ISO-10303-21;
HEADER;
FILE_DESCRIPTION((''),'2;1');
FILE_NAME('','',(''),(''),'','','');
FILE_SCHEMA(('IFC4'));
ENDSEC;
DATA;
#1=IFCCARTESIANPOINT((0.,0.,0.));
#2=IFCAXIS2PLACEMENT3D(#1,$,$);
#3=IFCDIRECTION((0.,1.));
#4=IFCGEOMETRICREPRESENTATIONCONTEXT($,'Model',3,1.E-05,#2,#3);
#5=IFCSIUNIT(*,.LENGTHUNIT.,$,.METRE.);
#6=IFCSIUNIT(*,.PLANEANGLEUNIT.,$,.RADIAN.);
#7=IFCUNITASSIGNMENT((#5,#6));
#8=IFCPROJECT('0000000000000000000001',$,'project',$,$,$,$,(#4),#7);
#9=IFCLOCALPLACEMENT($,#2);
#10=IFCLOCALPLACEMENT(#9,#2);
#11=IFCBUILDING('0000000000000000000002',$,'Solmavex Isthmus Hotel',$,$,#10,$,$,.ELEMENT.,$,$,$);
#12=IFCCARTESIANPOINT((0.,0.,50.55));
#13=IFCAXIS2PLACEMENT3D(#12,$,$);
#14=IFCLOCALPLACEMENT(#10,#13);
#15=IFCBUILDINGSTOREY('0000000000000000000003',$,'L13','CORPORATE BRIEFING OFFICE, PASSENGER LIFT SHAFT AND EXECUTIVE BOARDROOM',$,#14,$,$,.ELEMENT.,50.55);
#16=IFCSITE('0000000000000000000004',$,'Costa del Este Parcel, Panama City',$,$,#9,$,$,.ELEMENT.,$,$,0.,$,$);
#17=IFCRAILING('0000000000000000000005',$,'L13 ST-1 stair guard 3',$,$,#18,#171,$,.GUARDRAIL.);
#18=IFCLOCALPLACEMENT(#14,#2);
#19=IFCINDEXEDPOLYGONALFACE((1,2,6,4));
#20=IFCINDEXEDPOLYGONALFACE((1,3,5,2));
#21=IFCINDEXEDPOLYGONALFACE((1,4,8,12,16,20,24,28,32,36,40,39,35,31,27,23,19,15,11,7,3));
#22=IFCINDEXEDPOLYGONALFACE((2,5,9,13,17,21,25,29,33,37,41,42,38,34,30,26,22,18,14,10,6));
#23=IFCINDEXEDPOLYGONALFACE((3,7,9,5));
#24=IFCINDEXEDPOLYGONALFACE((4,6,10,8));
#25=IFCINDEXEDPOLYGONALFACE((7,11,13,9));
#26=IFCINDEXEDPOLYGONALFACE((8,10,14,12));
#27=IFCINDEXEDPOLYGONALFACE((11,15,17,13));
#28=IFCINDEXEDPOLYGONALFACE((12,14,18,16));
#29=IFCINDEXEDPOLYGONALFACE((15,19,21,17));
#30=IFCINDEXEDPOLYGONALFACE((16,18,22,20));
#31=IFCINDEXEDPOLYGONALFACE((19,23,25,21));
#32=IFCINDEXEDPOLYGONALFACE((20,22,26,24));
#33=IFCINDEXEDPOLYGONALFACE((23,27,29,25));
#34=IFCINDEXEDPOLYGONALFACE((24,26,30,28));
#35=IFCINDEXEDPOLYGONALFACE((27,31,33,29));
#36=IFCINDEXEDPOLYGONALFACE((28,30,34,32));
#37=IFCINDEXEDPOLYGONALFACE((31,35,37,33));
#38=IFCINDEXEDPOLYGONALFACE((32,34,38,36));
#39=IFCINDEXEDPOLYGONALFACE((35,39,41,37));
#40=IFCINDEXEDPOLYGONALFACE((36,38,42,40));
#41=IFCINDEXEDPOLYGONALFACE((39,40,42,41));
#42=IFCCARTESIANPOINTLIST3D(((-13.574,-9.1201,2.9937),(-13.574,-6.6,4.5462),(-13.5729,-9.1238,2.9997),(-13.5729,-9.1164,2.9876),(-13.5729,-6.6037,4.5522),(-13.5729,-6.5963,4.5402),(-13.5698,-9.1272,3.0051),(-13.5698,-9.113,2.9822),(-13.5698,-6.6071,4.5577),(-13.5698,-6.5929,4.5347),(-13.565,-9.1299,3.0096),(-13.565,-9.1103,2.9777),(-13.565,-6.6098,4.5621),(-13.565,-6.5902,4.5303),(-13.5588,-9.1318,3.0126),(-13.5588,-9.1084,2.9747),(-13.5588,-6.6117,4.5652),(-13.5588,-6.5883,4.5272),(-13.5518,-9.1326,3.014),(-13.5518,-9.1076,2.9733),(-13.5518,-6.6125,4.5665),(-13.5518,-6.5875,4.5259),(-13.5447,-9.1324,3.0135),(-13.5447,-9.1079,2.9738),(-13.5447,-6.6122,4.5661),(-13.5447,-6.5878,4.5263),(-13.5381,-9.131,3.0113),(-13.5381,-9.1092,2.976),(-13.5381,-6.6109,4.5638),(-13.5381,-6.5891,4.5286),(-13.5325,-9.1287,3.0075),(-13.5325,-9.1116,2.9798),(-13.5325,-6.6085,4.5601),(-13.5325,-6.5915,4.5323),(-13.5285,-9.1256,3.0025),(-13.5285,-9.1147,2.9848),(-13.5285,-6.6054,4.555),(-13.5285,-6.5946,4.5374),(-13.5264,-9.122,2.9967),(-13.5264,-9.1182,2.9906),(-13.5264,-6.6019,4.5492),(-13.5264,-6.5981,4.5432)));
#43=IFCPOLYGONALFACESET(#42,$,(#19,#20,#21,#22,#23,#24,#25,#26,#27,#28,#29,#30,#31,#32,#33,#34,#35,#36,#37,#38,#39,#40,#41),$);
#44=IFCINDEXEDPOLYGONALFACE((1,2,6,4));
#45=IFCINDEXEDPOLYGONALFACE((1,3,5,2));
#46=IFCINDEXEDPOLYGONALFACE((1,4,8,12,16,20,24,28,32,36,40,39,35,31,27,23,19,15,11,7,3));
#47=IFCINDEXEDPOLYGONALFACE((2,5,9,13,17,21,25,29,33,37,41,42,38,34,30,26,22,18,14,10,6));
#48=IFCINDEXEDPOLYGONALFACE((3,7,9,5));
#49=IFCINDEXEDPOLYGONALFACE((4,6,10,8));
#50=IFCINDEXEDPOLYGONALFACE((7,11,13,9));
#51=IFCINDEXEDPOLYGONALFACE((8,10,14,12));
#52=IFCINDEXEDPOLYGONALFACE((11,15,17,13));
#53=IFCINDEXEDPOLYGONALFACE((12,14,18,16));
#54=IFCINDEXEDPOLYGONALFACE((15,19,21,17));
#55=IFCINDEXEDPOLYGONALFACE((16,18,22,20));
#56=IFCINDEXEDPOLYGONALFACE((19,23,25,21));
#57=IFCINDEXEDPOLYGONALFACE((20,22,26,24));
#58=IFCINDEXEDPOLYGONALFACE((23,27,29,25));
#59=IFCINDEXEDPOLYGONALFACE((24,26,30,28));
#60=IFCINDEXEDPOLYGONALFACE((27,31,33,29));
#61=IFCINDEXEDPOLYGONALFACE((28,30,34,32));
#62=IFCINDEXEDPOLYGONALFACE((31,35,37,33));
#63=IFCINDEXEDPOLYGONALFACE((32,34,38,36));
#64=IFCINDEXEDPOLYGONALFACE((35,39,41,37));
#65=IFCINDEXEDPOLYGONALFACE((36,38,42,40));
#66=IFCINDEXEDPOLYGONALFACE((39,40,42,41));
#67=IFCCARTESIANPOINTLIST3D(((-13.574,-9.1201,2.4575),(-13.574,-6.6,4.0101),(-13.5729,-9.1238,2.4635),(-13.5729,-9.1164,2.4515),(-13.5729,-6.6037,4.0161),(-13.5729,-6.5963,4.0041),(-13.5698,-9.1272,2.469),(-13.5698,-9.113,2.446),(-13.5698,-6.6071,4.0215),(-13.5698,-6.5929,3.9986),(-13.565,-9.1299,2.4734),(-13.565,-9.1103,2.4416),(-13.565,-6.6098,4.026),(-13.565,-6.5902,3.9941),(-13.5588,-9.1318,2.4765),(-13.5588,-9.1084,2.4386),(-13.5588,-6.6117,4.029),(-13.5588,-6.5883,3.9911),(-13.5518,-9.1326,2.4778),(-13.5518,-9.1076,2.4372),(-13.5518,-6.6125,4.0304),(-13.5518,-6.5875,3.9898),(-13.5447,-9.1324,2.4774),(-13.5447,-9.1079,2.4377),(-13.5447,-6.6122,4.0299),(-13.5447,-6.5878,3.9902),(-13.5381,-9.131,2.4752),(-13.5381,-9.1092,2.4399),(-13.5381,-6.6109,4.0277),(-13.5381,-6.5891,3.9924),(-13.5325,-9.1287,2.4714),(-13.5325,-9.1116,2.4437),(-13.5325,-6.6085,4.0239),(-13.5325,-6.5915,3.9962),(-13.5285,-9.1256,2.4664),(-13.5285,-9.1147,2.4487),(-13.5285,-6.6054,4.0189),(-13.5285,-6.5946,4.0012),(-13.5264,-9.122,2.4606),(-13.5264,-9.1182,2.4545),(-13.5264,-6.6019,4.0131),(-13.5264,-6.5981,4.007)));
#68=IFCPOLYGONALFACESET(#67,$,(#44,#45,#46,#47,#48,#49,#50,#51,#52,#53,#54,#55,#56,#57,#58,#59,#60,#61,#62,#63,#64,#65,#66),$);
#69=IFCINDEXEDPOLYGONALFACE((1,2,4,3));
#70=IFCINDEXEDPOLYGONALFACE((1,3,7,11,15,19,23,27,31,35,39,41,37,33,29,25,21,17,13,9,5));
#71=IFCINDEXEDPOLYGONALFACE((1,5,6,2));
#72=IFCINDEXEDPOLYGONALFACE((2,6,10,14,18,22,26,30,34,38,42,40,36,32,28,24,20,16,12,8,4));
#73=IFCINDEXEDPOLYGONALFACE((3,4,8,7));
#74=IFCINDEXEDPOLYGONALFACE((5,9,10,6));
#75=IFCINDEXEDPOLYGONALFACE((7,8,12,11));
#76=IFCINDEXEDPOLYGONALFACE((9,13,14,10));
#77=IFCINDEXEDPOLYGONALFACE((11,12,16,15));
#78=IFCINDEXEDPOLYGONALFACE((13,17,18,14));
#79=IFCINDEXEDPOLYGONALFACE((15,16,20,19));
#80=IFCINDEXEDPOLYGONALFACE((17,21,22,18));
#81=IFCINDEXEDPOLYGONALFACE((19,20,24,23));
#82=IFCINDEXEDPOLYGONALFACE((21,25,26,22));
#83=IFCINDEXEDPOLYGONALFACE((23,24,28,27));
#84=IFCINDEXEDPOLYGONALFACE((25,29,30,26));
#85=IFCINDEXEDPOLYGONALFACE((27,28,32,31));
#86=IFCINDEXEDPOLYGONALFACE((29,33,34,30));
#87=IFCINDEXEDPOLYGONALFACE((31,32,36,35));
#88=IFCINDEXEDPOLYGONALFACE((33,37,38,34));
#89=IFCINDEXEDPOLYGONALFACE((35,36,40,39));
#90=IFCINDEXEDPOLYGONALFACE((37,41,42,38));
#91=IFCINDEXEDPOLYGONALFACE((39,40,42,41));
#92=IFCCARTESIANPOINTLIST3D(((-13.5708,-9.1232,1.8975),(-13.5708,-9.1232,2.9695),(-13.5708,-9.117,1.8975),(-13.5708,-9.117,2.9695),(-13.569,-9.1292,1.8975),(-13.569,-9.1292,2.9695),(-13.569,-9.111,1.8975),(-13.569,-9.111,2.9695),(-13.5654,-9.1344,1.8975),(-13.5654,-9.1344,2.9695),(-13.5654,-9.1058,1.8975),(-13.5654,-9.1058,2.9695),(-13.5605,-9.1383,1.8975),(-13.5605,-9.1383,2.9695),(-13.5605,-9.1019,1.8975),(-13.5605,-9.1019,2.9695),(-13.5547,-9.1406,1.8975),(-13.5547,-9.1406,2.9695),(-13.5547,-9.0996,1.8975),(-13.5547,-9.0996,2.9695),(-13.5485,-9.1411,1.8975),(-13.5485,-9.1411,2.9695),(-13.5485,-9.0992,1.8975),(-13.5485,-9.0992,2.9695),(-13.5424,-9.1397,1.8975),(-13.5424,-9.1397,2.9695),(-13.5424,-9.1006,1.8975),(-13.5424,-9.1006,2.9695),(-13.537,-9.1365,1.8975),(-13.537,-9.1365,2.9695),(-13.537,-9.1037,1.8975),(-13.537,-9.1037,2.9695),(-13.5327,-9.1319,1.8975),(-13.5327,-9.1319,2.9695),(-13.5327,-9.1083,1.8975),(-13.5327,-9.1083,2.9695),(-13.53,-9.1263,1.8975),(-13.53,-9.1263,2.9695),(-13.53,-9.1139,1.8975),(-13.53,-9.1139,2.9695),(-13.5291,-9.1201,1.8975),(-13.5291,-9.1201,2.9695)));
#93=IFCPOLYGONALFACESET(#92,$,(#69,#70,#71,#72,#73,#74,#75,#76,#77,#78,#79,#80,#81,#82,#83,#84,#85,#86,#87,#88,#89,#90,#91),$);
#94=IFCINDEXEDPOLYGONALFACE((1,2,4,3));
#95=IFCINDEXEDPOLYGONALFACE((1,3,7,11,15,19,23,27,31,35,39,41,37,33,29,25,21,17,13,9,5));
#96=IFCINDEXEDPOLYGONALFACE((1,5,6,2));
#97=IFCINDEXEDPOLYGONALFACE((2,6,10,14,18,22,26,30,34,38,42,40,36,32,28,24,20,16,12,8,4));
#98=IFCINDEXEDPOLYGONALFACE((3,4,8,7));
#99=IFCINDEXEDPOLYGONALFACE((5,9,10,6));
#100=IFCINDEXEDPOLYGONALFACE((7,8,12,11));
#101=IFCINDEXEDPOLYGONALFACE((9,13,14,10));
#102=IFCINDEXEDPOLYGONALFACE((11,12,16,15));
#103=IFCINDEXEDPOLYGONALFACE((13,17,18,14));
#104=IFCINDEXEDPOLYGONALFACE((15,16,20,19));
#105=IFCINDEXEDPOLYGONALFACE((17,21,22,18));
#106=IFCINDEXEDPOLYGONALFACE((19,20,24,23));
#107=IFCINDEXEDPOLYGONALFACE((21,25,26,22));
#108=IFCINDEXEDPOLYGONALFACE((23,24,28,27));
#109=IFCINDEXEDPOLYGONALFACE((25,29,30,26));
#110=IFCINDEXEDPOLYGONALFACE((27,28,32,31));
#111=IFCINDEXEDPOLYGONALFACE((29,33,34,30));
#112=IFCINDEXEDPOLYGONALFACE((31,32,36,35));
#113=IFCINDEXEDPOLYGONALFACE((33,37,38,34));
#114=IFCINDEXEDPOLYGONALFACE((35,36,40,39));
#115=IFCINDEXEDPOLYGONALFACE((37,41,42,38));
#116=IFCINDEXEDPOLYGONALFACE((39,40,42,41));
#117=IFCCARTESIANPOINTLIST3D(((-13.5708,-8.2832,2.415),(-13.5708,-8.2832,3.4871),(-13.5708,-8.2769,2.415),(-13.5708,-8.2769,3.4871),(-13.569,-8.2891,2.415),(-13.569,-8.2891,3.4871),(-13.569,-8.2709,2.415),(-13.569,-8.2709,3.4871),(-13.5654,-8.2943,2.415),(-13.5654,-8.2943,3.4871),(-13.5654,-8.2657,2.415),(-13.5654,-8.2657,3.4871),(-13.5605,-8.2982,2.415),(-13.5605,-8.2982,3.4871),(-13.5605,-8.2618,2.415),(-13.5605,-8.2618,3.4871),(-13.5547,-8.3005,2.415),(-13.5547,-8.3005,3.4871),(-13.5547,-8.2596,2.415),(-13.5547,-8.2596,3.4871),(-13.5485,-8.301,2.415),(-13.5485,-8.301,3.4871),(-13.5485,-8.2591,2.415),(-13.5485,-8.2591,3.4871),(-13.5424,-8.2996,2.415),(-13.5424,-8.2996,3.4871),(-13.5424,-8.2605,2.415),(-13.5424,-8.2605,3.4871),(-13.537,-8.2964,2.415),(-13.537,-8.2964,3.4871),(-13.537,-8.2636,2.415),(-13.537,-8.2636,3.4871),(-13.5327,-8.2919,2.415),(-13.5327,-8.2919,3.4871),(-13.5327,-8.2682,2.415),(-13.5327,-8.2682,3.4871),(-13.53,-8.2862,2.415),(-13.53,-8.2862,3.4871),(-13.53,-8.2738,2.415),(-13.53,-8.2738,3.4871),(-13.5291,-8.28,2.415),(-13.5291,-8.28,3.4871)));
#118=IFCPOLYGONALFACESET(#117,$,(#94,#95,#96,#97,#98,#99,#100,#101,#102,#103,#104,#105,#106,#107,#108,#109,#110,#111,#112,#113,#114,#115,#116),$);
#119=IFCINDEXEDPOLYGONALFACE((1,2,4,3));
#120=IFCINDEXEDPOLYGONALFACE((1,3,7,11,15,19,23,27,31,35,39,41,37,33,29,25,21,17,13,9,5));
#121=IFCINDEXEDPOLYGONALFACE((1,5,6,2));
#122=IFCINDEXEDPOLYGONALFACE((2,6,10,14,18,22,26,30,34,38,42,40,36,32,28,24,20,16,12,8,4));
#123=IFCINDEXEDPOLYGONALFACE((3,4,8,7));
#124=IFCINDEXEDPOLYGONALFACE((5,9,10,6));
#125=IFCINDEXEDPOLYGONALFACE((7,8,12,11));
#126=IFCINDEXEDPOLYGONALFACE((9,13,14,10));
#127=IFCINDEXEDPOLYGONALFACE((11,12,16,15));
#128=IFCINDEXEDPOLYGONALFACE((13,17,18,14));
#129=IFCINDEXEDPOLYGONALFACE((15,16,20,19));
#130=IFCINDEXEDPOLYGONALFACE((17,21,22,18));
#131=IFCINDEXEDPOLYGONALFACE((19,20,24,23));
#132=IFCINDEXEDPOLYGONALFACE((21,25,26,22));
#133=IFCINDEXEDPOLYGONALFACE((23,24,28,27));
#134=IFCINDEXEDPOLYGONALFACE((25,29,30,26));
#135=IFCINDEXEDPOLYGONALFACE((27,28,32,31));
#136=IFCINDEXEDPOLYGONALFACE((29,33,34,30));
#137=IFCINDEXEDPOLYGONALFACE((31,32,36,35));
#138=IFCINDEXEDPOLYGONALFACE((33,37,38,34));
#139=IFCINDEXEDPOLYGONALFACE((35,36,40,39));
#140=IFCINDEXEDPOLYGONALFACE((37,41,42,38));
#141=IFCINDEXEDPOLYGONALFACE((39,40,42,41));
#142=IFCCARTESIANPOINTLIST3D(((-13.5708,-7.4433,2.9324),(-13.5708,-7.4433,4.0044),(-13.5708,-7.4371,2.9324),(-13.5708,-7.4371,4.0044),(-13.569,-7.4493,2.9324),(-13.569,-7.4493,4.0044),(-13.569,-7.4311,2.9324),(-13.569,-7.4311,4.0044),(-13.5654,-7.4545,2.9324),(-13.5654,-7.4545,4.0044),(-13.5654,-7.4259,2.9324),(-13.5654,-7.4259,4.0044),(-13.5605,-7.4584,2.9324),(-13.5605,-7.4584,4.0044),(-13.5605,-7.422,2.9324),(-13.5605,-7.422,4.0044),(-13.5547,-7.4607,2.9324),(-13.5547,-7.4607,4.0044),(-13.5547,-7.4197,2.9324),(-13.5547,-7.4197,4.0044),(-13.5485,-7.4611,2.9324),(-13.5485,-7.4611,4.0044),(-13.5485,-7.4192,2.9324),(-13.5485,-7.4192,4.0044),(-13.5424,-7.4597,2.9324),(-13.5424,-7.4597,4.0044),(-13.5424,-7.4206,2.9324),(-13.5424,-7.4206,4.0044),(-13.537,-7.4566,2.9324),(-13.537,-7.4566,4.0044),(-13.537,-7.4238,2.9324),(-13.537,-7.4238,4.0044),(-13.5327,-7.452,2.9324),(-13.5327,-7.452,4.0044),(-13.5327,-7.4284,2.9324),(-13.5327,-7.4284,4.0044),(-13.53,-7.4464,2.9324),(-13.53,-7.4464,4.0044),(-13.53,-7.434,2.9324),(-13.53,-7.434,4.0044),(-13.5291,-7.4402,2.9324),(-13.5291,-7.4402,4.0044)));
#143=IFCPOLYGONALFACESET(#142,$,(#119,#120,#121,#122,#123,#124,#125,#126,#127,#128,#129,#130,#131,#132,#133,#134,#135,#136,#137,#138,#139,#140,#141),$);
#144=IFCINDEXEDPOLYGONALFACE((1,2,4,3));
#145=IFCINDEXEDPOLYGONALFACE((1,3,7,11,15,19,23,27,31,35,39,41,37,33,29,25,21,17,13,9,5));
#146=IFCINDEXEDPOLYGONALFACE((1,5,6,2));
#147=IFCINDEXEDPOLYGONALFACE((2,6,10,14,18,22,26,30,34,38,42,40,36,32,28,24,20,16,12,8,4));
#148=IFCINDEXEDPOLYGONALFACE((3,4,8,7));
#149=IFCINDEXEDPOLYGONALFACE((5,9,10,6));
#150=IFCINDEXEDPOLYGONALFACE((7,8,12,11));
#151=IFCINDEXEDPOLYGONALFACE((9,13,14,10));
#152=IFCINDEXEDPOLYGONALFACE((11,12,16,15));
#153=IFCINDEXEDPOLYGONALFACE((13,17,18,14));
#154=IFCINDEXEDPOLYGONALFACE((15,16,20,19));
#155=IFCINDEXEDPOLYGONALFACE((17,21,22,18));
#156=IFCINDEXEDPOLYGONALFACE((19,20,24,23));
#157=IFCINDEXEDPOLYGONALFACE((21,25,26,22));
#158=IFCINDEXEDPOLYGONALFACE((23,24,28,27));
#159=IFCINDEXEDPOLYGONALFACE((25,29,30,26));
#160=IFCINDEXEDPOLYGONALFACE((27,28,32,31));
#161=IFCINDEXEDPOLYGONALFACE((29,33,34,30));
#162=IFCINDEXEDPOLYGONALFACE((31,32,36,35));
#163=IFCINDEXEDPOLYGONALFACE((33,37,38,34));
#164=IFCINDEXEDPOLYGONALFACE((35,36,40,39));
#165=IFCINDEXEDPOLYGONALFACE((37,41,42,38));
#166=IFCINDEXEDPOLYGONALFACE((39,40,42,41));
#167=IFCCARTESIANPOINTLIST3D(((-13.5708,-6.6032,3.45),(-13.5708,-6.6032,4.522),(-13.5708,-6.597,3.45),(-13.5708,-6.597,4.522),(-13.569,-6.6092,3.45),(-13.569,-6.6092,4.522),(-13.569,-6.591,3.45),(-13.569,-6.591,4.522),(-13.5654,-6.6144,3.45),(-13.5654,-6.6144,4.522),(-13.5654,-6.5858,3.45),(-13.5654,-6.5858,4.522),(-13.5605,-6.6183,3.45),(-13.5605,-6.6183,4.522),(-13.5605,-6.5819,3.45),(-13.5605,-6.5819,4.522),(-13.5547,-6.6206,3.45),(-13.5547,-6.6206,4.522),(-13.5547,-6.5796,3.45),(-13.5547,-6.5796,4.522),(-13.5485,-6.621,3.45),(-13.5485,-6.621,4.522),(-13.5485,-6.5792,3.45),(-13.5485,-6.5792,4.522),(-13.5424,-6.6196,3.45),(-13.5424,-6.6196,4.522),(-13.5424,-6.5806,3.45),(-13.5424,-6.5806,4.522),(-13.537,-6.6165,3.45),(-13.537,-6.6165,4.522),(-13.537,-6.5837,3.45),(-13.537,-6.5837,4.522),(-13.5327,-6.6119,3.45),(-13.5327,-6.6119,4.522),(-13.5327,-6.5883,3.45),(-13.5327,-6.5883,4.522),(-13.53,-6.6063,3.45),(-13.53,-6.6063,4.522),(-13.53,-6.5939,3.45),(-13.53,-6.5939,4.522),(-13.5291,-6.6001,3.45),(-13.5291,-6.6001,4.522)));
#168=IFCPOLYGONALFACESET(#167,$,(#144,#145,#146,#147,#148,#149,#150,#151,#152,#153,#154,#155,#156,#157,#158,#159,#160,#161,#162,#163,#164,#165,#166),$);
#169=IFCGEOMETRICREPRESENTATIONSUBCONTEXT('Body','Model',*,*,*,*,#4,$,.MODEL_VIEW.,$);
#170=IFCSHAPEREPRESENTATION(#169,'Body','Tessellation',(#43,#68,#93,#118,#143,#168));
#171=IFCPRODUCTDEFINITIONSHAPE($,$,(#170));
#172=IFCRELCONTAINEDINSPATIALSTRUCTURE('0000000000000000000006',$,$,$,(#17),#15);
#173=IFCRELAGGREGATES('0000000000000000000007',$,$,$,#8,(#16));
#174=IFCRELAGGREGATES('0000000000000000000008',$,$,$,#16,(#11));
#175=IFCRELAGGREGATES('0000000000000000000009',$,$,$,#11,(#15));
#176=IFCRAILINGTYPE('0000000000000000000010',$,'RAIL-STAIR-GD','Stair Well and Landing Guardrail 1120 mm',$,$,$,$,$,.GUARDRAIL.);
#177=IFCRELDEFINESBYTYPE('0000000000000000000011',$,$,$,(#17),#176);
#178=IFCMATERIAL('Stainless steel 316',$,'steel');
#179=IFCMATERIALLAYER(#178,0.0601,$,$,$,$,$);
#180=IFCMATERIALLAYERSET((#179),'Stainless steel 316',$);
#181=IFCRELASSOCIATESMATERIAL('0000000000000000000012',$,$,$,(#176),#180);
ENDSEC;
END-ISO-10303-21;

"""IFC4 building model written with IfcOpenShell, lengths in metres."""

from ifc_helpers import new_model, si_unit, direction, frame, origin, origin_2d, place, context, subcontext, project, spatial, circle, extrude, material, layer, layer_set, type_object, element, save


model = new_model("IFC4")

# Units and contexts
model_context = context("Model", 3, precision=1e-05, world=origin(), true_north=direction((0.0, 1.0)))
body_context = subcontext(model_context, "Body", "Model", "MODEL_VIEW")
ifc_project = project(units=[si_unit("LENGTHUNIT", "METRE"), si_unit("PLANEANGLEUNIT", "RADIAN")], contexts=[model_context])

# Site, building, storey
site_placement = place(None, origin())
site = spatial("IfcSite", under=ifc_project, at=site_placement, Name="Costa del Este Parcel, Panama City", CompositionType="ELEMENT", RefElevation=0.0)
building_placement = place(site_placement, origin())
building = spatial("IfcBuilding", under=site, at=building_placement, Name="Solmavex Isthmus Hotel", CompositionType="ELEMENT")
storey_placement = place(building_placement, frame((0.0, 0.0, 50.55)))
storey = spatial("IfcBuildingStorey", under=building, at=storey_placement, Name="L13", Description="CORPORATE BRIEFING OFFICE, PASSENGER LIFT SHAFT AND EXECUTIVE BOARDROOM", CompositionType="ELEMENT", Elevation=50.55)

# Shared definitions
ifc_material_1 = material(Name="Stainless steel 316", Category="steel")

# Railing
ifc_layer_1 = layer(ifc_material_1, 0.0601)
ifc_layer_set_1 = layer_set([ifc_layer_1], Name="Stainless steel 316")
railing_type = type_object("IfcRailingType", Name="RAIL-STAIR-GD", Description="Stair Well and Landing Guardrail 1120 mm", PredefinedType="GUARDRAIL", material=ifc_layer_set_1)
railing_1_placement = place(storey_placement, frame((-13.55, -9.1201, 1.8975)))
element("IfcRailing", 1, at=railing_1_placement, inside=storey, type_object=railing_type, Name="L13 ST-1 stair guard 3", PredefinedType="GUARDRAIL", context=body_context, shape_type="SweptSolid", body=[
    extrude(circle(Radius=0.0239, at=origin_2d()), frame((0.0, 0.0, 1.0962), z_axis=(0.0, 0.8514, 0.524516), x_axis=(-1.0, 0.0, 0.0)), (0.0, 0.0, 1.0), 2.96),
    extrude(circle(Radius=0.0239, at=origin_2d()), frame((0.0, 0.0, 0.5601), z_axis=(0.0, 0.8514, 0.524516), x_axis=(-1.0, 0.0, 0.0)), (0.0, 0.0, 1.0), 2.96),
    extrude(circle(Radius=0.021, at=origin_2d()), origin(), (0.0, 0.0, 1.0), 1.072),
    extrude(circle(Radius=0.021, at=origin_2d()), frame((0.0, 0.8401, 0.5176)), (0.0, 0.0, 1.0), 1.072),
    extrude(circle(Radius=0.021, at=origin_2d()), frame((0.0, 1.6799, 1.0349)), (0.0, 0.0, 1.0), 1.072),
    extrude(circle(Radius=0.021, at=origin_2d()), frame((0.0, 2.52, 1.5525)), (0.0, 0.0, 1.0), 1.072),
])

save(model, "model.ifc")
